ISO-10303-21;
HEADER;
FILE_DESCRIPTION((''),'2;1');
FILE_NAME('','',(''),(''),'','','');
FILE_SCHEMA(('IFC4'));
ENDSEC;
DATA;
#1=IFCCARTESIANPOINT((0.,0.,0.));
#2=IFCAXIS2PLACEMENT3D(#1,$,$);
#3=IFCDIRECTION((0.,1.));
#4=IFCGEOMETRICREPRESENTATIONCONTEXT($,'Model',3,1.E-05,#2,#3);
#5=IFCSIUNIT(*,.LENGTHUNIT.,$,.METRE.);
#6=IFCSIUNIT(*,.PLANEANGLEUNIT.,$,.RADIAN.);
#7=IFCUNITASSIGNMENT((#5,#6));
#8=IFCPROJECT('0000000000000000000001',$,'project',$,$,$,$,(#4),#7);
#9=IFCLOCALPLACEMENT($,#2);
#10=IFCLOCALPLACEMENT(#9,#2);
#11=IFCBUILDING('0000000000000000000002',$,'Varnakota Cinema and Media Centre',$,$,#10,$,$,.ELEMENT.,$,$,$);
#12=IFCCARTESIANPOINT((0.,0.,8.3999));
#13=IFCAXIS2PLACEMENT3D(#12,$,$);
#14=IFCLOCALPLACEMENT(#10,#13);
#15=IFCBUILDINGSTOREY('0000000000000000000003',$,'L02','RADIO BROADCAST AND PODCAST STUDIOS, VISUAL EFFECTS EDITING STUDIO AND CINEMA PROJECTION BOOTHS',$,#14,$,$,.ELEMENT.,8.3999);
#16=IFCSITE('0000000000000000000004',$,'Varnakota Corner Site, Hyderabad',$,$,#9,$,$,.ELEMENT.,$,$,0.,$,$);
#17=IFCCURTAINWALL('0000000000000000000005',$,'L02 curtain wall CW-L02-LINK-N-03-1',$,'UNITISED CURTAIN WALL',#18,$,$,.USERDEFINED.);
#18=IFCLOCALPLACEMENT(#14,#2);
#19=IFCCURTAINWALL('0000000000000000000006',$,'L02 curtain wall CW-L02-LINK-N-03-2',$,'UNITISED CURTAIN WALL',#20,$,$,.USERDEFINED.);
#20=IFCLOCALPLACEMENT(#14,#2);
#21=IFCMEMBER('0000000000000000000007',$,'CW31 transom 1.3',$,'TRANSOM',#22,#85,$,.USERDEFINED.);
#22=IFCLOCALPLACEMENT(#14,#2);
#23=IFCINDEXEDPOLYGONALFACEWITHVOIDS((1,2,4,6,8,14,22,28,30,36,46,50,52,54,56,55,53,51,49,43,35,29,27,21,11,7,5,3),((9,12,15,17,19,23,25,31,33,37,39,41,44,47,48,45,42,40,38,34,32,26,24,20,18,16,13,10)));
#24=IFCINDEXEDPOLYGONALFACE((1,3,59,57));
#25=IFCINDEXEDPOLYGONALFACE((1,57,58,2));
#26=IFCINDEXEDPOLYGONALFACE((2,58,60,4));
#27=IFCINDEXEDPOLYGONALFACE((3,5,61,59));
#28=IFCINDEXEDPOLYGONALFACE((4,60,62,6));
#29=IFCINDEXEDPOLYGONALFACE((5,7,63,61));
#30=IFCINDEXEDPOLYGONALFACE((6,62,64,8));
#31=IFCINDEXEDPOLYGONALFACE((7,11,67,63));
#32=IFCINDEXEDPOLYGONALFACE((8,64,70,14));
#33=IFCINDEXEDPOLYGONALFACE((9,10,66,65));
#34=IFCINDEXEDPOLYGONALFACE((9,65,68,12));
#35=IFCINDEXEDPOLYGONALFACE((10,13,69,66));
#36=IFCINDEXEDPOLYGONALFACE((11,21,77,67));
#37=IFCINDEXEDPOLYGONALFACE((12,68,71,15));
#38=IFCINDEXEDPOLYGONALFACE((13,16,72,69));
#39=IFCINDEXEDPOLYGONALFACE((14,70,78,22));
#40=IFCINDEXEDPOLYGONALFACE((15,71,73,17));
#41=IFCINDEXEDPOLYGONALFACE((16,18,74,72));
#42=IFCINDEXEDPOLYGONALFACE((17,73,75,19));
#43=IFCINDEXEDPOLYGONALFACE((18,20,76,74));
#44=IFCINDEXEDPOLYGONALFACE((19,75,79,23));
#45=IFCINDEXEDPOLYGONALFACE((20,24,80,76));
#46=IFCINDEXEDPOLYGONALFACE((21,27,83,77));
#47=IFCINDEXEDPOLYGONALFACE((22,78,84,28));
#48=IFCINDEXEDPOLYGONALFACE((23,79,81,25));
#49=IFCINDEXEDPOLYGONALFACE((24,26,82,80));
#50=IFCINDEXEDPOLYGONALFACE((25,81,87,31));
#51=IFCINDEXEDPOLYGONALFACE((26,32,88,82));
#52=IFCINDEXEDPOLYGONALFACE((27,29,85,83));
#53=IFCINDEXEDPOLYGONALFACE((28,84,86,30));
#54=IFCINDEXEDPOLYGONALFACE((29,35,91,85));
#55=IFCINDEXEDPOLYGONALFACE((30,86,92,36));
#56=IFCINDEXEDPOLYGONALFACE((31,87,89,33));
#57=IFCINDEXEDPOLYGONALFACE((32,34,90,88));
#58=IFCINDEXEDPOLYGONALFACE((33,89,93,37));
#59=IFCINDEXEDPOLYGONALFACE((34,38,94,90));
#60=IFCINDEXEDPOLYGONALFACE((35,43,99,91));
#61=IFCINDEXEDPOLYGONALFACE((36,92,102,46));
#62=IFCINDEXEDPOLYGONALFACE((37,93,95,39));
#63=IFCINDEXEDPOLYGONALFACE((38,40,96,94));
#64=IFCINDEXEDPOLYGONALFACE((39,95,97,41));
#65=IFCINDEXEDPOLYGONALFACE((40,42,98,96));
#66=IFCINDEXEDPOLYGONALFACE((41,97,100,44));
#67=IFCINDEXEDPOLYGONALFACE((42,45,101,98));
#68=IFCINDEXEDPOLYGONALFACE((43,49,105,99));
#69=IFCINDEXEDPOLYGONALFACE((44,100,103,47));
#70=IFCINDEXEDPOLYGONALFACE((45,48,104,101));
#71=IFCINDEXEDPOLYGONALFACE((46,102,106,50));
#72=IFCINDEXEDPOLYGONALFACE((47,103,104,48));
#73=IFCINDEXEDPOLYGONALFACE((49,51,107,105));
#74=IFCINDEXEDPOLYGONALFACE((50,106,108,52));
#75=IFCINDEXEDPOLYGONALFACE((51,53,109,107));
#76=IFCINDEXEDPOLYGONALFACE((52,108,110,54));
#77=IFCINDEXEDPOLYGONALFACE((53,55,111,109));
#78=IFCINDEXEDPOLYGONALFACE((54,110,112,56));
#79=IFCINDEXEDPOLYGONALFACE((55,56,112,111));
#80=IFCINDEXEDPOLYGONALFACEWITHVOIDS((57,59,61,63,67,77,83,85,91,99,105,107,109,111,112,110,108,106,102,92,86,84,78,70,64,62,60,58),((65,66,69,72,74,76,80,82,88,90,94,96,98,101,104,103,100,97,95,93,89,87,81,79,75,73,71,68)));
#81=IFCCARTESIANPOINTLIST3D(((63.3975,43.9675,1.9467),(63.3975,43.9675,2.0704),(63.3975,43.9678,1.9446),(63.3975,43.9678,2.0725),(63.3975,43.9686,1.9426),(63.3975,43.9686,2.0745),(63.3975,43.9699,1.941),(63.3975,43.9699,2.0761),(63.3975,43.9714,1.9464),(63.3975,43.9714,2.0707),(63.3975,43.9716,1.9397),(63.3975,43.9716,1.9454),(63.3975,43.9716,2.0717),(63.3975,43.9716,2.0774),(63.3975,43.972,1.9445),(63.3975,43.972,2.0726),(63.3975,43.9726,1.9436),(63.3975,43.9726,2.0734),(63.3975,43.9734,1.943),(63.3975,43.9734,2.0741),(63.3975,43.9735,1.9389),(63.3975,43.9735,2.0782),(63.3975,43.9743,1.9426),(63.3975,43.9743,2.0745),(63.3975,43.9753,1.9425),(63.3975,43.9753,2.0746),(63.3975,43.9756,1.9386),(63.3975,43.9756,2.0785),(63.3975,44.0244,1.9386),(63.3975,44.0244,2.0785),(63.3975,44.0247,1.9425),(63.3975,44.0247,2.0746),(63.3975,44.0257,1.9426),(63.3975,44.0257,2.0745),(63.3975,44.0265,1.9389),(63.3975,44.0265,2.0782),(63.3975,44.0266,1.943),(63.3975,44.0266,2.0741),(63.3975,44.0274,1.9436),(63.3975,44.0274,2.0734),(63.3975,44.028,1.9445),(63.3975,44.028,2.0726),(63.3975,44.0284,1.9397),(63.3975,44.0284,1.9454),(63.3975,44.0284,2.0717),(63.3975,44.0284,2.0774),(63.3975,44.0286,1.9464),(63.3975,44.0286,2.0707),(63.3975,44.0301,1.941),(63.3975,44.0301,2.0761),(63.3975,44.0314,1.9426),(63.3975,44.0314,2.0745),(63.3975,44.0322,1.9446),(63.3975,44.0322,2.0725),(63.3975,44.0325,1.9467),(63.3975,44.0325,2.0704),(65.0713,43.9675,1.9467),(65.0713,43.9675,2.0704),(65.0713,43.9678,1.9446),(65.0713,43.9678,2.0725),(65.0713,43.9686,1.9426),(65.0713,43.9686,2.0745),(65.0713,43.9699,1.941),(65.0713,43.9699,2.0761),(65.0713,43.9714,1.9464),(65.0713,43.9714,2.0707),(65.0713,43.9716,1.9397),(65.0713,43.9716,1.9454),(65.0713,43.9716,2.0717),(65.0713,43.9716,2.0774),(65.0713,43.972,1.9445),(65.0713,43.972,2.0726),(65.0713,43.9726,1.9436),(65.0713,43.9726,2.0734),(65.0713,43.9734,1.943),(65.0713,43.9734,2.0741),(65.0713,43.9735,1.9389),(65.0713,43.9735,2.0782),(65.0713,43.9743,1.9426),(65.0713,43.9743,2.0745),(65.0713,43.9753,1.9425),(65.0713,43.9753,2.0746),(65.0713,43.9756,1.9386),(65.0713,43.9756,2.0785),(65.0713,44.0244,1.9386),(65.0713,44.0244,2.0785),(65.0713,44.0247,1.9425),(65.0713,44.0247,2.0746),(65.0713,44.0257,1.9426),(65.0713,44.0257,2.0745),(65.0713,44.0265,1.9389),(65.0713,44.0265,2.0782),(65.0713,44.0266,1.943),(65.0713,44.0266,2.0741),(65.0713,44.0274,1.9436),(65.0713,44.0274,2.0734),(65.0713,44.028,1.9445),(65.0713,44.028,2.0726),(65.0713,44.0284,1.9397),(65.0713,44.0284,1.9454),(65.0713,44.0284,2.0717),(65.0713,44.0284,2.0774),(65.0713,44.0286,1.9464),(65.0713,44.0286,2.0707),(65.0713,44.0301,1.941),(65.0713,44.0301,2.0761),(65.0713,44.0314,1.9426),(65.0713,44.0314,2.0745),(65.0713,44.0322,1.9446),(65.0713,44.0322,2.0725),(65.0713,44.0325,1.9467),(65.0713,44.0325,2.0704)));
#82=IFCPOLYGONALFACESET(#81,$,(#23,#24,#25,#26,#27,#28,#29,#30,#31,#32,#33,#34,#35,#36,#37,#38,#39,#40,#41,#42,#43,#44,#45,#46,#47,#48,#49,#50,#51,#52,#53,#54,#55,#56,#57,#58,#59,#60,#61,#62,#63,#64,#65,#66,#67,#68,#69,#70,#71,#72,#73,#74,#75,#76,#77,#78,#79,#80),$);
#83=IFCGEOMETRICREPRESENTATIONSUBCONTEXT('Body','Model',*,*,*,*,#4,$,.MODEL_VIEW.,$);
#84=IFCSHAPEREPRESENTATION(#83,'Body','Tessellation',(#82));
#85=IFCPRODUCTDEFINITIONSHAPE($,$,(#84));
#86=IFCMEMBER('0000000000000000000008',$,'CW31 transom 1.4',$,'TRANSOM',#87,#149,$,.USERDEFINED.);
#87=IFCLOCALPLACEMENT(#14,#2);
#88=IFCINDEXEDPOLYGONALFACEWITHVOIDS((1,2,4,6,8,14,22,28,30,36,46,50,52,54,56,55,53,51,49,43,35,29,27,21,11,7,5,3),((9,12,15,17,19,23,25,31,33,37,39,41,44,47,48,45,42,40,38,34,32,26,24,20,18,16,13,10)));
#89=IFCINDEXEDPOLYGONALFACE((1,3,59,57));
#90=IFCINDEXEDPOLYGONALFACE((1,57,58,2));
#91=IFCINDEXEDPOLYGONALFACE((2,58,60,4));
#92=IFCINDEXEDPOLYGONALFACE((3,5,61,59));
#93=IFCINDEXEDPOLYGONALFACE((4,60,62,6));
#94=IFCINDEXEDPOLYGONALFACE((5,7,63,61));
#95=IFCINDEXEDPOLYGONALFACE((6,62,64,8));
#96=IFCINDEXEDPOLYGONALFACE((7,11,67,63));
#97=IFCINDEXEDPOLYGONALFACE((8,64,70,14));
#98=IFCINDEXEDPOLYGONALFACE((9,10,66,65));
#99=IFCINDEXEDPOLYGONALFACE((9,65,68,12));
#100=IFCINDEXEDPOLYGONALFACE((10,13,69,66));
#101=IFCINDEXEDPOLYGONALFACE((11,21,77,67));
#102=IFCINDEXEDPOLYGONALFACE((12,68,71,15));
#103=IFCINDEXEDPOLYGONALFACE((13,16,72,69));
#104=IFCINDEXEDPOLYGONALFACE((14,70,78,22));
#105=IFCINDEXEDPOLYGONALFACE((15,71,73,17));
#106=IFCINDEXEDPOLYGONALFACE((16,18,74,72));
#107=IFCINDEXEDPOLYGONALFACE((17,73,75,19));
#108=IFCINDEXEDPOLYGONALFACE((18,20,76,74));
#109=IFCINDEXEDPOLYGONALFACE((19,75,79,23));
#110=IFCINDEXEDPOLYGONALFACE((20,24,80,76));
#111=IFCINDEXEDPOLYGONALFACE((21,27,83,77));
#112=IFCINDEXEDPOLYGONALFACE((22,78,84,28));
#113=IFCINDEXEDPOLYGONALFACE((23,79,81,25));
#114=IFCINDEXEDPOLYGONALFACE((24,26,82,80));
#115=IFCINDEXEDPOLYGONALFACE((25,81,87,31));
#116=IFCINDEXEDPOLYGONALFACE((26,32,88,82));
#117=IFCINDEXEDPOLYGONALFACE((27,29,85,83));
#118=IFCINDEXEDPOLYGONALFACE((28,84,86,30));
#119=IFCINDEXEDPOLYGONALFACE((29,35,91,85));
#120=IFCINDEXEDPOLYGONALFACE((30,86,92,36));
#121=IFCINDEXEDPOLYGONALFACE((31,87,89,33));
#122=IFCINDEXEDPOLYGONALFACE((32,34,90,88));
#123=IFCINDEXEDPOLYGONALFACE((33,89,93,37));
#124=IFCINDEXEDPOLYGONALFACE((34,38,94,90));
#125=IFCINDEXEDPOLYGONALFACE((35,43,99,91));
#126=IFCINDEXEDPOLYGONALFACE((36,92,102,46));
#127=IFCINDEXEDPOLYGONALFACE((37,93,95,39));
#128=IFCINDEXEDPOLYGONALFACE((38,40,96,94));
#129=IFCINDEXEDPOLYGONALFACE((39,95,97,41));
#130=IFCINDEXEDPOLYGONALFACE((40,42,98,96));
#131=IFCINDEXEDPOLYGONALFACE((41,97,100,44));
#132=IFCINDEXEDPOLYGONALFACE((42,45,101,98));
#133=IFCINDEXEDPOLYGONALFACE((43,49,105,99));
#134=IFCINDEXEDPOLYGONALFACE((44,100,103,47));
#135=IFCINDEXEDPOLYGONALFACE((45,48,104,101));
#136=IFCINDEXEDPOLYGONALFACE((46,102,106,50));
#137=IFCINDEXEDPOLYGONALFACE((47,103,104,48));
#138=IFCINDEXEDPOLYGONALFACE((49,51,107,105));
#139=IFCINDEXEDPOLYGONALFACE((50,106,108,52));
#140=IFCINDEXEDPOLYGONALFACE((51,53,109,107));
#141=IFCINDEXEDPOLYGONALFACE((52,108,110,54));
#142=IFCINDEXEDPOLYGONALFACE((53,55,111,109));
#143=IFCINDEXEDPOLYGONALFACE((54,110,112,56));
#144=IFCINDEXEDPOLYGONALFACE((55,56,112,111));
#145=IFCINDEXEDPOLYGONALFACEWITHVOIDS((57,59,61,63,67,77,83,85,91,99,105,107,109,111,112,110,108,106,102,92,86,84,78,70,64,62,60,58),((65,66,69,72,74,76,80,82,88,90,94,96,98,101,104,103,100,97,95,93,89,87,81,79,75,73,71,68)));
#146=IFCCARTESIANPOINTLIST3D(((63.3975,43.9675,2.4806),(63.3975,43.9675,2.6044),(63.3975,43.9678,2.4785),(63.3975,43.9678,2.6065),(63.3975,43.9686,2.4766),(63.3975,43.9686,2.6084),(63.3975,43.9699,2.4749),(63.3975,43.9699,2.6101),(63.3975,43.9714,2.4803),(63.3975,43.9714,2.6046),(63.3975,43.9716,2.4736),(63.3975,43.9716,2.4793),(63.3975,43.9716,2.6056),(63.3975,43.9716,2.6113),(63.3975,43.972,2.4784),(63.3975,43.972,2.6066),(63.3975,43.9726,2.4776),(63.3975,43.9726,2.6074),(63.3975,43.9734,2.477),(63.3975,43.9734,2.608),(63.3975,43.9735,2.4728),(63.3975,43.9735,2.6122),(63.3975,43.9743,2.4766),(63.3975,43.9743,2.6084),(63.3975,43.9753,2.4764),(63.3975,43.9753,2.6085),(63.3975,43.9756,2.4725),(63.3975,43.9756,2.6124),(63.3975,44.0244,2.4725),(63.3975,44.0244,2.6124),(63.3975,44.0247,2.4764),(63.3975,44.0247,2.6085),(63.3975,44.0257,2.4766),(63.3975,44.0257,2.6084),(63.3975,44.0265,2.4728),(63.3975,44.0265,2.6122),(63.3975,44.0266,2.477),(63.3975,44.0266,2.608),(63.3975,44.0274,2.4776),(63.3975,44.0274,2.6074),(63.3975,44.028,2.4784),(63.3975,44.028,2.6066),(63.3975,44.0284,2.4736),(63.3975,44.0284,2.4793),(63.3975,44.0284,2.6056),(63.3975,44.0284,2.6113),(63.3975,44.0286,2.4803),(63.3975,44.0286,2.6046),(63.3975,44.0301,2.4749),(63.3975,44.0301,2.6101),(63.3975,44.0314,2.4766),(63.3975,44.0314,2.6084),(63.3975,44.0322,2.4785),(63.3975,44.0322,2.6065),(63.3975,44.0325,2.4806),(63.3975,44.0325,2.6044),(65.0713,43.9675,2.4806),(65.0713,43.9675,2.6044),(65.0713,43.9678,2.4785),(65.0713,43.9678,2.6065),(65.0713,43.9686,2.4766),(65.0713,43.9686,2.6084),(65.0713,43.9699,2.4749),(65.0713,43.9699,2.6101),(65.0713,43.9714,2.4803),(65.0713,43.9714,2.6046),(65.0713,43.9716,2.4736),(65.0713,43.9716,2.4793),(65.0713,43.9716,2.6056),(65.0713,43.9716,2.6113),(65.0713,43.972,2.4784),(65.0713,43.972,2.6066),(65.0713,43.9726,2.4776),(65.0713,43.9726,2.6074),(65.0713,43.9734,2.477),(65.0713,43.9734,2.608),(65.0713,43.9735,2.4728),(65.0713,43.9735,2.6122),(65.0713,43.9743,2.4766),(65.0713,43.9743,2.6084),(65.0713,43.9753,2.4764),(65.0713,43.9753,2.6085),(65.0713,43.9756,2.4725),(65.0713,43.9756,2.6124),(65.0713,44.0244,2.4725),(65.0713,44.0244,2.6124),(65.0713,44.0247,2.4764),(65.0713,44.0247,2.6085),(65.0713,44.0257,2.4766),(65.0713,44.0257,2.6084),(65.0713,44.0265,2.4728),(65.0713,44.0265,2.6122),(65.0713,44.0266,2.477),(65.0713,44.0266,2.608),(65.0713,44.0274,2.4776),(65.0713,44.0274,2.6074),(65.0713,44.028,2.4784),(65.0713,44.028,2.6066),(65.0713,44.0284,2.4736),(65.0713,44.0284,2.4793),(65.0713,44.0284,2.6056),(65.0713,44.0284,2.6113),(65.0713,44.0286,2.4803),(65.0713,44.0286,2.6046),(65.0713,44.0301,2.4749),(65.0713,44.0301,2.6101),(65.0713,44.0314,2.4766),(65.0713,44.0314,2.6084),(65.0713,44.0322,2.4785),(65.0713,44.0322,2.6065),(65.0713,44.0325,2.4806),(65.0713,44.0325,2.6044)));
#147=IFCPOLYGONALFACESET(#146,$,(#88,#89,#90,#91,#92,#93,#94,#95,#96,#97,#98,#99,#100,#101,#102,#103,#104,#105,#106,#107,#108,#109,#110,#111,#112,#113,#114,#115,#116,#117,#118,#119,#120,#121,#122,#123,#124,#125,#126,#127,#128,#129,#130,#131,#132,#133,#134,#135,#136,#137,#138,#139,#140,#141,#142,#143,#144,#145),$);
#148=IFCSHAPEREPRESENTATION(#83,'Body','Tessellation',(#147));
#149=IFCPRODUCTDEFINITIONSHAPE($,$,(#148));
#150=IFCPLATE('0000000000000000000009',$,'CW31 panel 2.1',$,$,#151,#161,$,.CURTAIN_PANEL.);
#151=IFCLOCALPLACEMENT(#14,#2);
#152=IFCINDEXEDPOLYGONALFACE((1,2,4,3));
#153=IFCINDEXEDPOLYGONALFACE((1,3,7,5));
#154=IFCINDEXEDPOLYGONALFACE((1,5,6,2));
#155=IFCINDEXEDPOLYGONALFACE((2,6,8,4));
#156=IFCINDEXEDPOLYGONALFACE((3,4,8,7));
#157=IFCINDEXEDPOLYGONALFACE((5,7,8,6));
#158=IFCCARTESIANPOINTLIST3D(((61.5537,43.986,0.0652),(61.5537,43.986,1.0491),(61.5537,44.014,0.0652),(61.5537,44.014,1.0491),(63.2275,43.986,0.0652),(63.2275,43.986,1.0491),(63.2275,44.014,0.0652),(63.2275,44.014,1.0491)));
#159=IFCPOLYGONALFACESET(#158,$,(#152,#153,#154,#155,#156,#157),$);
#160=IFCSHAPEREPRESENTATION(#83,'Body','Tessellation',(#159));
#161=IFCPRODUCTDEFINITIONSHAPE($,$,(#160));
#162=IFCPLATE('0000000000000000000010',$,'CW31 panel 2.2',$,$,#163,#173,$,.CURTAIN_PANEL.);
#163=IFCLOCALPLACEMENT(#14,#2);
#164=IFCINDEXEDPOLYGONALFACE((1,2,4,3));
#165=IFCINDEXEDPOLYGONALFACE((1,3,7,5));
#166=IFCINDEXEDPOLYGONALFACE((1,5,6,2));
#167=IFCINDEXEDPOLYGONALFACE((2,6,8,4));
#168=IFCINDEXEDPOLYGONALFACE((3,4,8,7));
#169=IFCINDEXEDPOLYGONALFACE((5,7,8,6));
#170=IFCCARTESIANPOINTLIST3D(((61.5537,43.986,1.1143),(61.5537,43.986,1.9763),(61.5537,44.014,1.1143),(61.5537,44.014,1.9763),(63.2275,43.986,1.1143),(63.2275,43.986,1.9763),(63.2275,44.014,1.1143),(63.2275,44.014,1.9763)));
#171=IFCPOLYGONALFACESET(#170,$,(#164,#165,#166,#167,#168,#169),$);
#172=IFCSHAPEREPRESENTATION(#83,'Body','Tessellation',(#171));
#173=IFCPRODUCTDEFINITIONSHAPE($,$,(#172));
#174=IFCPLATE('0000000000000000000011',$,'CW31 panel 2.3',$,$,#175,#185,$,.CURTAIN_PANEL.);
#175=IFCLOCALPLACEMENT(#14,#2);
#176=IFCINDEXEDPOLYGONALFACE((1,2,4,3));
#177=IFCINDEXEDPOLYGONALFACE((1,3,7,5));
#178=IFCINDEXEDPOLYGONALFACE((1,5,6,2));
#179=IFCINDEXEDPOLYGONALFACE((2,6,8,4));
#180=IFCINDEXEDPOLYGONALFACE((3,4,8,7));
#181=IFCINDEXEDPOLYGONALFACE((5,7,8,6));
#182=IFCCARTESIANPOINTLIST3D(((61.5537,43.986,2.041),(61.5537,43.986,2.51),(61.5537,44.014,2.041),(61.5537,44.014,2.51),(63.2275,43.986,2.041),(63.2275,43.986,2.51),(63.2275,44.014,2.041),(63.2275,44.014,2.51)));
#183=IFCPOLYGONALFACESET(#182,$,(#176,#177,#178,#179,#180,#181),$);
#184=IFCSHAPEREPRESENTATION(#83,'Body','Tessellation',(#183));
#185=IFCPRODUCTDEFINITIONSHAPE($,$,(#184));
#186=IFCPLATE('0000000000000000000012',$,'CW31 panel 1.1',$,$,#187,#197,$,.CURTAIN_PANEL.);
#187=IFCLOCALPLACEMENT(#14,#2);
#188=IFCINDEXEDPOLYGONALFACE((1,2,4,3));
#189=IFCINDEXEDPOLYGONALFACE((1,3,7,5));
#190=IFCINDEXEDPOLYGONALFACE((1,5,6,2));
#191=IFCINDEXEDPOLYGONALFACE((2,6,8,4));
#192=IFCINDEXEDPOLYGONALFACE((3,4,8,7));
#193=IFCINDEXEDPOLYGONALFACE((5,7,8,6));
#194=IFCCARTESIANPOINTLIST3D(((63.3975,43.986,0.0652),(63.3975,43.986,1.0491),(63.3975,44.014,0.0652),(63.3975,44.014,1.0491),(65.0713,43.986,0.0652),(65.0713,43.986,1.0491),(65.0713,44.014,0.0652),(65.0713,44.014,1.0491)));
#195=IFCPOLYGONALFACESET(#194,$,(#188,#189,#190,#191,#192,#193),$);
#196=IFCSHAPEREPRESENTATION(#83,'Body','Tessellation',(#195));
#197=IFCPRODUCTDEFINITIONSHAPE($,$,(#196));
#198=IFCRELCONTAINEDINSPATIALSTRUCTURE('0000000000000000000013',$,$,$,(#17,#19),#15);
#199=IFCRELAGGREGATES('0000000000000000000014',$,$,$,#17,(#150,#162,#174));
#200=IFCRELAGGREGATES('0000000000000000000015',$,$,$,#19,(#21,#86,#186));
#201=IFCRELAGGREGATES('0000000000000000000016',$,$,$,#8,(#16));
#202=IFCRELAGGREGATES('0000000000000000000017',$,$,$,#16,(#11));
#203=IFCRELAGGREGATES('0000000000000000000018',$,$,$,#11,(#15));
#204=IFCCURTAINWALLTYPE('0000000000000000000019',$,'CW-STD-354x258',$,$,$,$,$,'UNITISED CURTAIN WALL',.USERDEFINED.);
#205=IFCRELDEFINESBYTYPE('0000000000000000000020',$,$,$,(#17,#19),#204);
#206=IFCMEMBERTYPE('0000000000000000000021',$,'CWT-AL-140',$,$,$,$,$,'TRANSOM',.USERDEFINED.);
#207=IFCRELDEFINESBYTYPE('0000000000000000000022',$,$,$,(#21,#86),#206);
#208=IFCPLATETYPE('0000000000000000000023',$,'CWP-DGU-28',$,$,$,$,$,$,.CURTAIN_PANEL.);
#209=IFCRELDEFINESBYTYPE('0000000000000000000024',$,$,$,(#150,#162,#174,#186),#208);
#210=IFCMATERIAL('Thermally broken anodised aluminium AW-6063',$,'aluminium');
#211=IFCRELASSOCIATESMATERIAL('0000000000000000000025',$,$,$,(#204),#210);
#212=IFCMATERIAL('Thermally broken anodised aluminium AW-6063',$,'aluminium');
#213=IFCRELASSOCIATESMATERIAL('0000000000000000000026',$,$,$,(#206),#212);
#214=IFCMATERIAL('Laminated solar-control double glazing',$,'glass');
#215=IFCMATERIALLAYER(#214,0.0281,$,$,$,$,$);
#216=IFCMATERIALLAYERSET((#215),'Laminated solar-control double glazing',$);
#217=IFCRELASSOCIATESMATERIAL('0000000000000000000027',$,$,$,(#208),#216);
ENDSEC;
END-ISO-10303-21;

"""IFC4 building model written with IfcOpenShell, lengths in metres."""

from ifc_helpers import new_model, si_unit, direction, frame, origin, origin_2d, place, context, subcontext, project, spatial, rectangle, hollow_rectangle, extrude, material, layer, layer_set, material_profile, profile_set, type_object, element, aggregate, save


model = new_model("IFC4")

# Units and contexts
model_context = context("Model", 3, precision=1e-05, world=origin(), true_north=direction((0.0, 1.0)))
body_context = subcontext(model_context, "Body", "Model", "MODEL_VIEW")
ifc_project = project(units=[si_unit("LENGTHUNIT", "METRE"), si_unit("PLANEANGLEUNIT", "RADIAN")], contexts=[model_context])

# Site, building, storey
site_placement = place(None, origin())
site = spatial("IfcSite", under=ifc_project, at=site_placement, Name="Varnakota Corner Site, Hyderabad", CompositionType="ELEMENT", RefElevation=0.0)
building_placement = place(site_placement, origin())
building = spatial("IfcBuilding", under=site, at=building_placement, Name="Varnakota Cinema and Media Centre", CompositionType="ELEMENT")
storey_placement = place(building_placement, frame((0.0, 0.0, 8.3999)))
storey = spatial("IfcBuildingStorey", under=building, at=storey_placement, Name="L02", Description="RADIO BROADCAST AND PODCAST STUDIOS, VISUAL EFFECTS EDITING STUDIO AND CINEMA PROJECTION BOOTHS", CompositionType="ELEMENT", Elevation=8.3999)

# Curtain wall
ifc_material_1 = material(Name="Thermally broken anodised aluminium AW-6063", Category="aluminium")
curtain_wall_type_1 = type_object("IfcCurtainWallType", Name="CW-STD-354x258", ElementType="UNITISED CURTAIN WALL", PredefinedType="USERDEFINED", material=ifc_material_1)
curtain_wall_1_placement = place(storey_placement, origin())
curtain_wall_1 = element("IfcCurtainWall", 1, at=curtain_wall_1_placement, inside=storey, type_object=curtain_wall_type_1, Name="L02 curtain wall CW-L02-LINK-N-03-1", ObjectType="UNITISED CURTAIN WALL", PredefinedType="USERDEFINED")

# Curtain wall
curtain_wall_2_placement = place(storey_placement, origin())
curtain_wall_2 = element("IfcCurtainWall", 2, at=curtain_wall_2_placement, inside=storey, type_object=curtain_wall_type_1, Name="L02 curtain wall CW-L02-LINK-N-03-2", ObjectType="UNITISED CURTAIN WALL", PredefinedType="USERDEFINED")

# Members
ifc_material_2 = material(Name="Thermally broken anodised aluminium AW-6063", Category="aluminium")
ifc_material_profile_1 = material_profile(ifc_material_2, hollow_rectangle(XDim=0.0649, YDim=0.1399, WallThickness=0.0039, InnerFilletRadius=0.0039, OuterFilletRadius=0.0081, at=origin_2d()), Name="AL-TRANSOM 140x65x4")
ifc_profile_set_1 = profile_set([ifc_material_profile_1], Name="Thermally broken anodised aluminium AW-6063")
member_type_1 = type_object("IfcMemberType", Name="CWT-AL-140", ElementType="TRANSOM", PredefinedType="USERDEFINED", material=ifc_profile_set_1)
member_1_placement = place(storey_placement, frame((63.3975, 44.0, 2.0085), z_axis=(1.0, 0.0, 0.0), x_axis=(0.0, 1.0, 0.0)))
member_1 = element("IfcMember", 3, at=member_1_placement, type_object=member_type_1, Name="CW31 transom 1.3", ObjectType="TRANSOM", PredefinedType="USERDEFINED", context=body_context, shape_type="SweptSolid", body=[
    extrude(hollow_rectangle(XDim=0.0649, YDim=0.1399, WallThickness=0.0039, InnerFilletRadius=0.0039, OuterFilletRadius=0.0081, at=origin_2d()), origin(), (0.0, 0.0, 1.0), 1.6738),
])
member_2_placement = place(storey_placement, frame((63.3975, 44.0, 2.5425), z_axis=(1.0, 0.0, 0.0), x_axis=(0.0, 1.0, 0.0)))
member_2 = element("IfcMember", 4, at=member_2_placement, type_object=member_type_1, Name="CW31 transom 1.4", ObjectType="TRANSOM", PredefinedType="USERDEFINED", context=body_context, shape_type="SweptSolid", body=[
    extrude(hollow_rectangle(XDim=0.0649, YDim=0.1399, WallThickness=0.0039, InnerFilletRadius=0.0039, OuterFilletRadius=0.0081, at=origin_2d()), origin(), (0.0, 0.0, 1.0), 1.6738),
])

# Plates
ifc_material_3 = material(Name="Laminated solar-control double glazing", Category="glass")
ifc_layer_1 = layer(ifc_material_3, 0.0281)
ifc_layer_set_1 = layer_set([ifc_layer_1], Name="Laminated solar-control double glazing")
plate_type_1 = type_object("IfcPlateType", Name="CWP-DGU-28", PredefinedType="CURTAIN_PANEL", material=ifc_layer_set_1)
plate_1_placement = place(storey_placement, frame((62.3906, 44.0, 0.0652), z_axis=(0.0, 0.0, 1.0), x_axis=(1.0, 0.0, 0.0)))
plate_1 = element("IfcPlate", 5, at=plate_1_placement, type_object=plate_type_1, Name="CW31 panel 2.1", PredefinedType="CURTAIN_PANEL", context=body_context, shape_type="SweptSolid", body=[
    extrude(rectangle(XDim=1.6738, YDim=0.0281, at=origin_2d()), origin(), (0.0, 0.0, 1.0), 0.9839),
])
plate_2_placement = place(storey_placement, frame((62.3906, 44.0, 1.1143), z_axis=(0.0, 0.0, 1.0), x_axis=(1.0, 0.0, 0.0)))
plate_2 = element("IfcPlate", 6, at=plate_2_placement, type_object=plate_type_1, Name="CW31 panel 2.2", PredefinedType="CURTAIN_PANEL", context=body_context, shape_type="SweptSolid", body=[
    extrude(rectangle(XDim=1.6738, YDim=0.0281, at=origin_2d()), origin(), (0.0, 0.0, 1.0), 0.8621),
])
plate_3_placement = place(storey_placement, frame((62.3906, 44.0, 2.041), z_axis=(0.0, 0.0, 1.0), x_axis=(1.0, 0.0, 0.0)))
plate_3 = element("IfcPlate", 7, at=plate_3_placement, type_object=plate_type_1, Name="CW31 panel 2.3", PredefinedType="CURTAIN_PANEL", context=body_context, shape_type="SweptSolid", body=[
    extrude(rectangle(XDim=1.6738, YDim=0.0281, at=origin_2d()), origin(), (0.0, 0.0, 1.0), 0.469),
])
aggregate(curtain_wall_1, [plate_1, plate_2, plate_3])
plate_4_placement = place(storey_placement, frame((64.2344, 44.0, 0.0652), z_axis=(0.0, 0.0, 1.0), x_axis=(1.0, 0.0, 0.0)))
plate_4 = element("IfcPlate", 8, at=plate_4_placement, type_object=plate_type_1, Name="CW31 panel 1.1", PredefinedType="CURTAIN_PANEL", context=body_context, shape_type="SweptSolid", body=[
    extrude(rectangle(XDim=1.6738, YDim=0.0281, at=origin_2d()), origin(), (0.0, 0.0, 1.0), 0.9839),
])
aggregate(curtain_wall_2, [member_1, member_2, plate_4])

save(model, "model.ifc")
